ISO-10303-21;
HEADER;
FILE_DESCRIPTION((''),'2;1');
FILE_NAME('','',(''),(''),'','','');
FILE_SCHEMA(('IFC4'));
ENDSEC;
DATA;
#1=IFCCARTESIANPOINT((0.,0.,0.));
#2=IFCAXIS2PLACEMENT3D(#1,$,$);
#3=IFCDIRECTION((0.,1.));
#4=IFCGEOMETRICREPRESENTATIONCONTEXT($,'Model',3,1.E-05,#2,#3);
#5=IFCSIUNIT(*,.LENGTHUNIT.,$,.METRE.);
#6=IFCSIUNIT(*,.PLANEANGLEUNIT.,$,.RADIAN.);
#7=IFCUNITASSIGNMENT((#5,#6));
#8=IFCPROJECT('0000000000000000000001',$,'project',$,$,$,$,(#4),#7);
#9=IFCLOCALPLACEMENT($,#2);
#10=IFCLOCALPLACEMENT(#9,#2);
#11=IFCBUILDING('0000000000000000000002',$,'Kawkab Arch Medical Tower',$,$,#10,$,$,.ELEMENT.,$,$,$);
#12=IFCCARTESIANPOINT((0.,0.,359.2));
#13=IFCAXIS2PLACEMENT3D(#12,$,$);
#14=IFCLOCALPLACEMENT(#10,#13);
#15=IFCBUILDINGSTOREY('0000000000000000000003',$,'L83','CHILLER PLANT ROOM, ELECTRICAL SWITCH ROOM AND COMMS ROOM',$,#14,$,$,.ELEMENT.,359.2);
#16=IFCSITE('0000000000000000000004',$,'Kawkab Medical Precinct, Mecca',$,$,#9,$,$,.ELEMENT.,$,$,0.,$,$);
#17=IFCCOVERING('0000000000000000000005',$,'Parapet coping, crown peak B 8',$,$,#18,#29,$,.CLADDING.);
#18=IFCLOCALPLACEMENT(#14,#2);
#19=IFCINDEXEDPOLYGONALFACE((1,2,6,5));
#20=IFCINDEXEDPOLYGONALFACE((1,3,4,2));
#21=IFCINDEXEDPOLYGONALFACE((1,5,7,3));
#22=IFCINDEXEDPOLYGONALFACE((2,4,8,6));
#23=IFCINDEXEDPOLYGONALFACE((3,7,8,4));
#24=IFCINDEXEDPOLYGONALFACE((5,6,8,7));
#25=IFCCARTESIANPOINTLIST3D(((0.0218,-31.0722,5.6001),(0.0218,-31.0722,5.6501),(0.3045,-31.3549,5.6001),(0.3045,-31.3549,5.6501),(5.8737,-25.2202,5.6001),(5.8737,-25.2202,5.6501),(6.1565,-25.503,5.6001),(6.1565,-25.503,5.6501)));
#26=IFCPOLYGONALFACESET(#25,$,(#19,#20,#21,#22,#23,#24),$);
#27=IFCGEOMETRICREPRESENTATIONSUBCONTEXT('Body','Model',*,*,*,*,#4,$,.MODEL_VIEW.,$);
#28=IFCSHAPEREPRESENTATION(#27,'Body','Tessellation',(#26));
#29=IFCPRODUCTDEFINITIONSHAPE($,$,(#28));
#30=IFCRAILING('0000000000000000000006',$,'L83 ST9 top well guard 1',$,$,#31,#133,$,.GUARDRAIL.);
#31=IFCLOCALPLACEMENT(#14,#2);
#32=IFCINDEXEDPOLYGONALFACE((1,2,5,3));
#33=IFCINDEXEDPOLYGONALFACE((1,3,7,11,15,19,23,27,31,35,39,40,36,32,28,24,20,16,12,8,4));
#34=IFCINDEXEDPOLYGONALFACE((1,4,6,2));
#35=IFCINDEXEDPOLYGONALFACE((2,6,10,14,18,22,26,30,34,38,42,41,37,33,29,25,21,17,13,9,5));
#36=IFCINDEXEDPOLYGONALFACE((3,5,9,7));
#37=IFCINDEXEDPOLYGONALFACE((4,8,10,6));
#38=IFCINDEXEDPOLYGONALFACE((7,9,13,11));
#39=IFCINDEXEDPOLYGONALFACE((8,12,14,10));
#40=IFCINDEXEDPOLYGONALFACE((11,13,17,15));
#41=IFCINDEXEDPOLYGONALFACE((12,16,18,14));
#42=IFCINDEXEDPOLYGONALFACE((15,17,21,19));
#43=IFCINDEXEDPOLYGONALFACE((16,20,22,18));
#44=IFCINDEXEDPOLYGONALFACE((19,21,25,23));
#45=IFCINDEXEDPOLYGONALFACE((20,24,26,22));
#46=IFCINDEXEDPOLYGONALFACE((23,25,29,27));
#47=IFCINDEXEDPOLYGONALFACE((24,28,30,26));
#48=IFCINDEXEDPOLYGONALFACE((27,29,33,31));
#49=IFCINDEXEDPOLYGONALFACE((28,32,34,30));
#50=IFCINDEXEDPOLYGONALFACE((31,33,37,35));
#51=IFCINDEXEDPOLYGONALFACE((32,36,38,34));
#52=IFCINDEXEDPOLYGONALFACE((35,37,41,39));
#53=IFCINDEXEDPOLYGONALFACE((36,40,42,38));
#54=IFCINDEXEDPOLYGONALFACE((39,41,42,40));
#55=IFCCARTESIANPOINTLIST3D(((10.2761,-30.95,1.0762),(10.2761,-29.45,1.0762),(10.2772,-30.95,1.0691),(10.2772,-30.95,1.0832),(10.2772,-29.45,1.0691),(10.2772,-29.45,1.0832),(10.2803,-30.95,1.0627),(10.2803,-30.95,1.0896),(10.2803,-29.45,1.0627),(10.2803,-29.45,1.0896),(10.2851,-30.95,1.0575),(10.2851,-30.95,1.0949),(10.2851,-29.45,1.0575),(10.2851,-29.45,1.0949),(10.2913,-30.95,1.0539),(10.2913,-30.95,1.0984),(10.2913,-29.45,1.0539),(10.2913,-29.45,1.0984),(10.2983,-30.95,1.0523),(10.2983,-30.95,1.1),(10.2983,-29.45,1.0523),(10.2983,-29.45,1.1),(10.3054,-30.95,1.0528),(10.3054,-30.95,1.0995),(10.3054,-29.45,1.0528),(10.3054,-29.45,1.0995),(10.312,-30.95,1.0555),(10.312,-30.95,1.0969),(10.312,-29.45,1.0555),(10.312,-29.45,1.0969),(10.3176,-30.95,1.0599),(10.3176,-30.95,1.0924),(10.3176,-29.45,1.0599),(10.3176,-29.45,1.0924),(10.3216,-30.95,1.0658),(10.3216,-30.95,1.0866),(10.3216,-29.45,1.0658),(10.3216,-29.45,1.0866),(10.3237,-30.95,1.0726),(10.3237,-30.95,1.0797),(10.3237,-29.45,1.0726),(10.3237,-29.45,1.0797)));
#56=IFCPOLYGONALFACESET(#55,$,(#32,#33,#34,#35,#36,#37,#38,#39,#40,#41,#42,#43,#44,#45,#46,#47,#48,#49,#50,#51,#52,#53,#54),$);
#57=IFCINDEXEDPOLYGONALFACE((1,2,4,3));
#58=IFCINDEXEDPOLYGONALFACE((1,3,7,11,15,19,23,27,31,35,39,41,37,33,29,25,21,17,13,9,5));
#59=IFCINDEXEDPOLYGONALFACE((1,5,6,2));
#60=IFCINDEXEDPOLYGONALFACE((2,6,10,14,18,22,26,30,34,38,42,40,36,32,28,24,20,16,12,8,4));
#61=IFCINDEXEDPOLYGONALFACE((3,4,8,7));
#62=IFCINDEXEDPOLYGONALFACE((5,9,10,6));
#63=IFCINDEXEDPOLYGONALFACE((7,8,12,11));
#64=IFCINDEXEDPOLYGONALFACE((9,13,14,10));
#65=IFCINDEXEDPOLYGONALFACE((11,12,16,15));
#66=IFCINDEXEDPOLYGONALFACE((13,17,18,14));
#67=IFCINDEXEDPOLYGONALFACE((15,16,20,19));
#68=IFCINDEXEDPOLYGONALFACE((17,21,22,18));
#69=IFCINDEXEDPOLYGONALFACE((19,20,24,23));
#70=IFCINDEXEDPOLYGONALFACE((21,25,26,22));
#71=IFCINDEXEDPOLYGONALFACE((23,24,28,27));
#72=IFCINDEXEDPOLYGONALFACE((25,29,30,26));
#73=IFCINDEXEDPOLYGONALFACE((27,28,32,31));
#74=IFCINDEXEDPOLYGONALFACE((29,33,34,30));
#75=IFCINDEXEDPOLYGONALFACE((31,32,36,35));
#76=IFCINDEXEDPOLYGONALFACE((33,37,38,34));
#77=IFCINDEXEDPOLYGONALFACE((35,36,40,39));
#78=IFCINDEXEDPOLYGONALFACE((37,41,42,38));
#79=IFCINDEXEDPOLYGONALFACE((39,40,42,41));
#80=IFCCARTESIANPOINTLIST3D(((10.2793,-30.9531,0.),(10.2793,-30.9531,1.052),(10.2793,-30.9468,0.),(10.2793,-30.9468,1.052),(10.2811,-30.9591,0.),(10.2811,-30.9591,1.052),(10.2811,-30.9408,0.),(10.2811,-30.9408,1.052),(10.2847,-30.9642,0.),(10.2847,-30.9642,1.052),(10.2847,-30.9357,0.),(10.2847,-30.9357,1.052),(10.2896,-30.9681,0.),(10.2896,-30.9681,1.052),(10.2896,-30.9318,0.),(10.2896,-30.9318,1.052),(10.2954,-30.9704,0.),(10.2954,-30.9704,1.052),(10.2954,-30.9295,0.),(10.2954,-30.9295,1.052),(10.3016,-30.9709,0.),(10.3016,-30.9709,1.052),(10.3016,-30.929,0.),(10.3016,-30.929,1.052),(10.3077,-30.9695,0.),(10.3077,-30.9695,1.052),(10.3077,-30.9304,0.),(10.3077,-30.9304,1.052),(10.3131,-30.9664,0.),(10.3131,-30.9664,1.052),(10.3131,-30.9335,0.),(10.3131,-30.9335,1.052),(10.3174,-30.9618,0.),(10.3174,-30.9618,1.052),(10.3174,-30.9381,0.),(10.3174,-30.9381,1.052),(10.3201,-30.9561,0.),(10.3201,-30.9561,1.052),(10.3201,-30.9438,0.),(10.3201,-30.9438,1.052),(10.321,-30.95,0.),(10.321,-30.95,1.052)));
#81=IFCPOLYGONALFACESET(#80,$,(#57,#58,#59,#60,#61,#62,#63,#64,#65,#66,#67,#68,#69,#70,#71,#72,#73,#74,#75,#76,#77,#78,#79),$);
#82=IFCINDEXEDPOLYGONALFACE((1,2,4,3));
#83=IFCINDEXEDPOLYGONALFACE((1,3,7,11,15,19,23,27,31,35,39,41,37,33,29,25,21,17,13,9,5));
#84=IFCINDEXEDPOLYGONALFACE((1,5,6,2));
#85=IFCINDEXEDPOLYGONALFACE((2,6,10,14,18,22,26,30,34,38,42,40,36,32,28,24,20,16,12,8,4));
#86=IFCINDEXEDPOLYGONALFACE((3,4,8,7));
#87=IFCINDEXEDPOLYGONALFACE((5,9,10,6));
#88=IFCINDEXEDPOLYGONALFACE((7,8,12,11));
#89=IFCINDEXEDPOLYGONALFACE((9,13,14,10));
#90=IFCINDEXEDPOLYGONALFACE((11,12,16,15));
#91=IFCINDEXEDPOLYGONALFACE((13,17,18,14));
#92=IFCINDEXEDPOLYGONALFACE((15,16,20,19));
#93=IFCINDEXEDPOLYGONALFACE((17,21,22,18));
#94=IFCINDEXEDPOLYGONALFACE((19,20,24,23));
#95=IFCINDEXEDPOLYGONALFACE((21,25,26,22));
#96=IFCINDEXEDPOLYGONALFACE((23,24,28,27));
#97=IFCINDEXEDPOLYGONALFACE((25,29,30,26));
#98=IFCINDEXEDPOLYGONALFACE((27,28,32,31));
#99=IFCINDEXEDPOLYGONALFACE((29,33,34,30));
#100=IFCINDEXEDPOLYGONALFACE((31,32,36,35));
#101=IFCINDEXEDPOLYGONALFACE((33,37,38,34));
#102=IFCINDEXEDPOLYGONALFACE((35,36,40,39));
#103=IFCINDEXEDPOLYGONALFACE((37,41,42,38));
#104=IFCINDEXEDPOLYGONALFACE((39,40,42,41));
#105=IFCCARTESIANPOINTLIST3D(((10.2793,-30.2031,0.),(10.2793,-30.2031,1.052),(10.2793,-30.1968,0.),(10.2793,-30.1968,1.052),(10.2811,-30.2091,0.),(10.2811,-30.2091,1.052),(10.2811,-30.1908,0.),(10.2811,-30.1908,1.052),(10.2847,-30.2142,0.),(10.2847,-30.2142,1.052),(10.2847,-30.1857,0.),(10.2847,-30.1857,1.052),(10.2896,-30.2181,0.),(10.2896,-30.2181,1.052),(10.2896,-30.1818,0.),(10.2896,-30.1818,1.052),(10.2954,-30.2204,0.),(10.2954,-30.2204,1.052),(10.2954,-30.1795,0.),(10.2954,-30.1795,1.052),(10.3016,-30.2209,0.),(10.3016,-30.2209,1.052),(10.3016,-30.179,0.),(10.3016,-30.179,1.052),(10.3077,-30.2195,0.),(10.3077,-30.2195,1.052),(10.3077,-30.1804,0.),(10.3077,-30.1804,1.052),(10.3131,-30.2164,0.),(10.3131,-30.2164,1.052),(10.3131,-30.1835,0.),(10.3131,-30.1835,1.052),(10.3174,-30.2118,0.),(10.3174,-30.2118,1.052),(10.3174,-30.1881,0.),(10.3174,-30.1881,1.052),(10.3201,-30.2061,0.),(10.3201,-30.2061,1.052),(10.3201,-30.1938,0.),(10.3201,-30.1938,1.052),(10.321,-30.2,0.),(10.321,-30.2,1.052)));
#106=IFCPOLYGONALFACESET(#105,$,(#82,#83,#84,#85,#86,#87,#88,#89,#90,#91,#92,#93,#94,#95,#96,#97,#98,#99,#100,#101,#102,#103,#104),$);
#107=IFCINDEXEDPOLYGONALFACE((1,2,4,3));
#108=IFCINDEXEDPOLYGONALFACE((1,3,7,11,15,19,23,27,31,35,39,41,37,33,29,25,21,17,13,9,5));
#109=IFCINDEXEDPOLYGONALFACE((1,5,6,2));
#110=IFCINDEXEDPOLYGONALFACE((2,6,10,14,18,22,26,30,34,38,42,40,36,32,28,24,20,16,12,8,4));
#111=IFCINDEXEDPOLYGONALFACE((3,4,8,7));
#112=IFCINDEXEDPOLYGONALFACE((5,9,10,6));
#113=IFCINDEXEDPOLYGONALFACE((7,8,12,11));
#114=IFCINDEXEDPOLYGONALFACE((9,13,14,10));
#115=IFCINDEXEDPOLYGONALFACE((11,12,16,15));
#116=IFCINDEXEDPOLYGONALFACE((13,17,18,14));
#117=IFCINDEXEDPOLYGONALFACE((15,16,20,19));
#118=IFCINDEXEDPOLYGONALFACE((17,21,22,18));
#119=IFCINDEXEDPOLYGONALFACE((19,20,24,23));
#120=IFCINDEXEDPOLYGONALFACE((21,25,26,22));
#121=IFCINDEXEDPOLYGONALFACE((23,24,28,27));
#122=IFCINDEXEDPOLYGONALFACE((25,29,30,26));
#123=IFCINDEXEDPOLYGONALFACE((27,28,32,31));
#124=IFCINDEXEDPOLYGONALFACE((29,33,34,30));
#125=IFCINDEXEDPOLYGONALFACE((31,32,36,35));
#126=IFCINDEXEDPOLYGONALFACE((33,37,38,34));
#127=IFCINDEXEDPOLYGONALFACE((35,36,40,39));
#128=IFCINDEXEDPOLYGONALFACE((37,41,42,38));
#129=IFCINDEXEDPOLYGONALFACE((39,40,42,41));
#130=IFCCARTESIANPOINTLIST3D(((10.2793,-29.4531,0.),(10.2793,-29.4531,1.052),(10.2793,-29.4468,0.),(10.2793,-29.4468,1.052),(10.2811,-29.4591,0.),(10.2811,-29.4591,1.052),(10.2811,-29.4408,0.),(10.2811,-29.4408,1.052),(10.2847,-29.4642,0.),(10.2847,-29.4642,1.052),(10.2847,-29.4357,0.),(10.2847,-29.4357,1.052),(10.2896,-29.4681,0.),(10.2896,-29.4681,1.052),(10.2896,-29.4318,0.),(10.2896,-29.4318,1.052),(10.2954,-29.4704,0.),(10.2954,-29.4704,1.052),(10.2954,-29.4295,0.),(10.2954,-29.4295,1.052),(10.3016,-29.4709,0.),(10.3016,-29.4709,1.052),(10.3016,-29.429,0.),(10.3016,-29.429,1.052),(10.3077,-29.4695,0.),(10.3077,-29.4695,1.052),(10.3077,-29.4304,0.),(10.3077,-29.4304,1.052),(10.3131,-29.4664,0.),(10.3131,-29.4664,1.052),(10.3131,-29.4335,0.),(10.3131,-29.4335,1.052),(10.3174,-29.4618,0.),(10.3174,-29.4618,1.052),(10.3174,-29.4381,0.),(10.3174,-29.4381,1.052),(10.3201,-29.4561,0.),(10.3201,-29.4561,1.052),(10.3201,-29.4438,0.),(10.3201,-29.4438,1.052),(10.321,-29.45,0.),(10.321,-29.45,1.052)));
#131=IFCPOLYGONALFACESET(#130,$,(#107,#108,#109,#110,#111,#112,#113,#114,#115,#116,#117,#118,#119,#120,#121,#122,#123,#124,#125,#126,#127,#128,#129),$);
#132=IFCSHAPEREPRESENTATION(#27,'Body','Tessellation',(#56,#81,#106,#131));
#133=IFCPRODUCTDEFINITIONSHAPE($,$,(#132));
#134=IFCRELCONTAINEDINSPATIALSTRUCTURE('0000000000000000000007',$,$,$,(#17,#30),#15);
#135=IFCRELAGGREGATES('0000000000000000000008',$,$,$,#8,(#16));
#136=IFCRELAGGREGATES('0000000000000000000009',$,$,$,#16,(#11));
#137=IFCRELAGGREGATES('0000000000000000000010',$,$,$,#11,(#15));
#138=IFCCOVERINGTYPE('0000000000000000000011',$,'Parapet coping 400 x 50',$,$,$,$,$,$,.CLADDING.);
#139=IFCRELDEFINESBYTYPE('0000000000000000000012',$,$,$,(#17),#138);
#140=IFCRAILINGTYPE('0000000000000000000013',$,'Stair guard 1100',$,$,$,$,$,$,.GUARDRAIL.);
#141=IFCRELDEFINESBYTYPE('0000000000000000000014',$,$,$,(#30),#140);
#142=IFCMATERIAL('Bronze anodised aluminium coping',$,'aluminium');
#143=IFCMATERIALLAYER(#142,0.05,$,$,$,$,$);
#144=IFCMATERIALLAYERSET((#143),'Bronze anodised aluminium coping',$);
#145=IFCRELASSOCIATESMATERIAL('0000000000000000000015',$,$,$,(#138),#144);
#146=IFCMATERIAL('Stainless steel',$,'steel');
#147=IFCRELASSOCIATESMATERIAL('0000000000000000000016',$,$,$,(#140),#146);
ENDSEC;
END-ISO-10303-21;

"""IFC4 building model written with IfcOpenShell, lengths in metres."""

from ifc_helpers import new_model, si_unit, direction, frame, origin, origin_2d, place, context, subcontext, project, spatial, rectangle, circle, extrude, material, layer, layer_set, type_object, element, save


model = new_model("IFC4")

# Units and contexts
model_context = context("Model", 3, precision=1e-05, world=origin(), true_north=direction((0.0, 1.0)))
body_context = subcontext(model_context, "Body", "Model", "MODEL_VIEW")
ifc_project = project(units=[si_unit("LENGTHUNIT", "METRE"), si_unit("PLANEANGLEUNIT", "RADIAN")], contexts=[model_context])

# Site, building, storey
site_placement = place(None, origin())
site = spatial("IfcSite", under=ifc_project, at=site_placement, Name="Kawkab Medical Precinct, Mecca", CompositionType="ELEMENT", RefElevation=0.0)
building_placement = place(site_placement, origin())
building = spatial("IfcBuilding", under=site, at=building_placement, Name="Kawkab Arch Medical Tower", CompositionType="ELEMENT")
storey_placement = place(building_placement, frame((0.0, 0.0, 359.2)))
storey = spatial("IfcBuildingStorey", under=building, at=storey_placement, Name="L83", Description="CHILLER PLANT ROOM, ELECTRICAL SWITCH ROOM AND COMMS ROOM", CompositionType="ELEMENT", Elevation=359.2)

# Covering
ifc_material_1 = material(Name="Bronze anodised aluminium coping", Category="aluminium")
ifc_layer_1 = layer(ifc_material_1, 0.05)
ifc_layer_set_1 = layer_set([ifc_layer_1], Name="Bronze anodised aluminium coping")
covering_type_1 = type_object("IfcCoveringType", Name="Parapet coping 400 x 50", PredefinedType="CLADDING", material=ifc_layer_set_1)
covering_1_placement = place(storey_placement, frame((3.0891, -28.2876, 5.6001), z_axis=(0.0, 0.0, 1.0), x_axis=(-0.707107, -0.707107, 0.0)))
element("IfcCovering", 1, at=covering_1_placement, inside=storey, type_object=covering_type_1, Name="Parapet coping, crown peak B 8", PredefinedType="CLADDING", context=body_context, shape_type="SweptSolid", body=[
    extrude(rectangle(XDim=8.2759, YDim=0.3999, at=origin_2d()), origin(), (0.0, 0.0, 1.0), 0.05),
])

# Railing
ifc_material_2 = material(Name="Stainless steel", Category="steel")
railing_type = type_object("IfcRailingType", Name="Stair guard 1100", PredefinedType="GUARDRAIL", material=ifc_material_2)
railing_placement = place(storey_placement, frame((10.3, -30.95, 0.0)))
element("IfcRailing", 2, at=railing_placement, inside=storey, type_object=railing_type, Name="L83 ST9 top well guard 1", PredefinedType="GUARDRAIL", context=body_context, shape_type="SweptSolid", body=[
    extrude(circle(Radius=0.0239, at=origin_2d()), frame((0.0, 0.0, 1.0762), z_axis=(0.0, 1.0, 0.0), x_axis=(-1.0, 0.0, 0.0)), (0.0, 0.0, 1.0), 1.5),
    extrude(circle(Radius=0.021, at=origin_2d()), origin(), (0.0, 0.0, 1.0), 1.052),
    extrude(circle(Radius=0.021, at=origin_2d()), frame((0.0, 0.75, 0.0)), (0.0, 0.0, 1.0), 1.052),
    extrude(circle(Radius=0.021, at=origin_2d()), frame((0.0, 1.5, 0.0)), (0.0, 0.0, 1.0), 1.052),
])

save(model, "model.ifc")
